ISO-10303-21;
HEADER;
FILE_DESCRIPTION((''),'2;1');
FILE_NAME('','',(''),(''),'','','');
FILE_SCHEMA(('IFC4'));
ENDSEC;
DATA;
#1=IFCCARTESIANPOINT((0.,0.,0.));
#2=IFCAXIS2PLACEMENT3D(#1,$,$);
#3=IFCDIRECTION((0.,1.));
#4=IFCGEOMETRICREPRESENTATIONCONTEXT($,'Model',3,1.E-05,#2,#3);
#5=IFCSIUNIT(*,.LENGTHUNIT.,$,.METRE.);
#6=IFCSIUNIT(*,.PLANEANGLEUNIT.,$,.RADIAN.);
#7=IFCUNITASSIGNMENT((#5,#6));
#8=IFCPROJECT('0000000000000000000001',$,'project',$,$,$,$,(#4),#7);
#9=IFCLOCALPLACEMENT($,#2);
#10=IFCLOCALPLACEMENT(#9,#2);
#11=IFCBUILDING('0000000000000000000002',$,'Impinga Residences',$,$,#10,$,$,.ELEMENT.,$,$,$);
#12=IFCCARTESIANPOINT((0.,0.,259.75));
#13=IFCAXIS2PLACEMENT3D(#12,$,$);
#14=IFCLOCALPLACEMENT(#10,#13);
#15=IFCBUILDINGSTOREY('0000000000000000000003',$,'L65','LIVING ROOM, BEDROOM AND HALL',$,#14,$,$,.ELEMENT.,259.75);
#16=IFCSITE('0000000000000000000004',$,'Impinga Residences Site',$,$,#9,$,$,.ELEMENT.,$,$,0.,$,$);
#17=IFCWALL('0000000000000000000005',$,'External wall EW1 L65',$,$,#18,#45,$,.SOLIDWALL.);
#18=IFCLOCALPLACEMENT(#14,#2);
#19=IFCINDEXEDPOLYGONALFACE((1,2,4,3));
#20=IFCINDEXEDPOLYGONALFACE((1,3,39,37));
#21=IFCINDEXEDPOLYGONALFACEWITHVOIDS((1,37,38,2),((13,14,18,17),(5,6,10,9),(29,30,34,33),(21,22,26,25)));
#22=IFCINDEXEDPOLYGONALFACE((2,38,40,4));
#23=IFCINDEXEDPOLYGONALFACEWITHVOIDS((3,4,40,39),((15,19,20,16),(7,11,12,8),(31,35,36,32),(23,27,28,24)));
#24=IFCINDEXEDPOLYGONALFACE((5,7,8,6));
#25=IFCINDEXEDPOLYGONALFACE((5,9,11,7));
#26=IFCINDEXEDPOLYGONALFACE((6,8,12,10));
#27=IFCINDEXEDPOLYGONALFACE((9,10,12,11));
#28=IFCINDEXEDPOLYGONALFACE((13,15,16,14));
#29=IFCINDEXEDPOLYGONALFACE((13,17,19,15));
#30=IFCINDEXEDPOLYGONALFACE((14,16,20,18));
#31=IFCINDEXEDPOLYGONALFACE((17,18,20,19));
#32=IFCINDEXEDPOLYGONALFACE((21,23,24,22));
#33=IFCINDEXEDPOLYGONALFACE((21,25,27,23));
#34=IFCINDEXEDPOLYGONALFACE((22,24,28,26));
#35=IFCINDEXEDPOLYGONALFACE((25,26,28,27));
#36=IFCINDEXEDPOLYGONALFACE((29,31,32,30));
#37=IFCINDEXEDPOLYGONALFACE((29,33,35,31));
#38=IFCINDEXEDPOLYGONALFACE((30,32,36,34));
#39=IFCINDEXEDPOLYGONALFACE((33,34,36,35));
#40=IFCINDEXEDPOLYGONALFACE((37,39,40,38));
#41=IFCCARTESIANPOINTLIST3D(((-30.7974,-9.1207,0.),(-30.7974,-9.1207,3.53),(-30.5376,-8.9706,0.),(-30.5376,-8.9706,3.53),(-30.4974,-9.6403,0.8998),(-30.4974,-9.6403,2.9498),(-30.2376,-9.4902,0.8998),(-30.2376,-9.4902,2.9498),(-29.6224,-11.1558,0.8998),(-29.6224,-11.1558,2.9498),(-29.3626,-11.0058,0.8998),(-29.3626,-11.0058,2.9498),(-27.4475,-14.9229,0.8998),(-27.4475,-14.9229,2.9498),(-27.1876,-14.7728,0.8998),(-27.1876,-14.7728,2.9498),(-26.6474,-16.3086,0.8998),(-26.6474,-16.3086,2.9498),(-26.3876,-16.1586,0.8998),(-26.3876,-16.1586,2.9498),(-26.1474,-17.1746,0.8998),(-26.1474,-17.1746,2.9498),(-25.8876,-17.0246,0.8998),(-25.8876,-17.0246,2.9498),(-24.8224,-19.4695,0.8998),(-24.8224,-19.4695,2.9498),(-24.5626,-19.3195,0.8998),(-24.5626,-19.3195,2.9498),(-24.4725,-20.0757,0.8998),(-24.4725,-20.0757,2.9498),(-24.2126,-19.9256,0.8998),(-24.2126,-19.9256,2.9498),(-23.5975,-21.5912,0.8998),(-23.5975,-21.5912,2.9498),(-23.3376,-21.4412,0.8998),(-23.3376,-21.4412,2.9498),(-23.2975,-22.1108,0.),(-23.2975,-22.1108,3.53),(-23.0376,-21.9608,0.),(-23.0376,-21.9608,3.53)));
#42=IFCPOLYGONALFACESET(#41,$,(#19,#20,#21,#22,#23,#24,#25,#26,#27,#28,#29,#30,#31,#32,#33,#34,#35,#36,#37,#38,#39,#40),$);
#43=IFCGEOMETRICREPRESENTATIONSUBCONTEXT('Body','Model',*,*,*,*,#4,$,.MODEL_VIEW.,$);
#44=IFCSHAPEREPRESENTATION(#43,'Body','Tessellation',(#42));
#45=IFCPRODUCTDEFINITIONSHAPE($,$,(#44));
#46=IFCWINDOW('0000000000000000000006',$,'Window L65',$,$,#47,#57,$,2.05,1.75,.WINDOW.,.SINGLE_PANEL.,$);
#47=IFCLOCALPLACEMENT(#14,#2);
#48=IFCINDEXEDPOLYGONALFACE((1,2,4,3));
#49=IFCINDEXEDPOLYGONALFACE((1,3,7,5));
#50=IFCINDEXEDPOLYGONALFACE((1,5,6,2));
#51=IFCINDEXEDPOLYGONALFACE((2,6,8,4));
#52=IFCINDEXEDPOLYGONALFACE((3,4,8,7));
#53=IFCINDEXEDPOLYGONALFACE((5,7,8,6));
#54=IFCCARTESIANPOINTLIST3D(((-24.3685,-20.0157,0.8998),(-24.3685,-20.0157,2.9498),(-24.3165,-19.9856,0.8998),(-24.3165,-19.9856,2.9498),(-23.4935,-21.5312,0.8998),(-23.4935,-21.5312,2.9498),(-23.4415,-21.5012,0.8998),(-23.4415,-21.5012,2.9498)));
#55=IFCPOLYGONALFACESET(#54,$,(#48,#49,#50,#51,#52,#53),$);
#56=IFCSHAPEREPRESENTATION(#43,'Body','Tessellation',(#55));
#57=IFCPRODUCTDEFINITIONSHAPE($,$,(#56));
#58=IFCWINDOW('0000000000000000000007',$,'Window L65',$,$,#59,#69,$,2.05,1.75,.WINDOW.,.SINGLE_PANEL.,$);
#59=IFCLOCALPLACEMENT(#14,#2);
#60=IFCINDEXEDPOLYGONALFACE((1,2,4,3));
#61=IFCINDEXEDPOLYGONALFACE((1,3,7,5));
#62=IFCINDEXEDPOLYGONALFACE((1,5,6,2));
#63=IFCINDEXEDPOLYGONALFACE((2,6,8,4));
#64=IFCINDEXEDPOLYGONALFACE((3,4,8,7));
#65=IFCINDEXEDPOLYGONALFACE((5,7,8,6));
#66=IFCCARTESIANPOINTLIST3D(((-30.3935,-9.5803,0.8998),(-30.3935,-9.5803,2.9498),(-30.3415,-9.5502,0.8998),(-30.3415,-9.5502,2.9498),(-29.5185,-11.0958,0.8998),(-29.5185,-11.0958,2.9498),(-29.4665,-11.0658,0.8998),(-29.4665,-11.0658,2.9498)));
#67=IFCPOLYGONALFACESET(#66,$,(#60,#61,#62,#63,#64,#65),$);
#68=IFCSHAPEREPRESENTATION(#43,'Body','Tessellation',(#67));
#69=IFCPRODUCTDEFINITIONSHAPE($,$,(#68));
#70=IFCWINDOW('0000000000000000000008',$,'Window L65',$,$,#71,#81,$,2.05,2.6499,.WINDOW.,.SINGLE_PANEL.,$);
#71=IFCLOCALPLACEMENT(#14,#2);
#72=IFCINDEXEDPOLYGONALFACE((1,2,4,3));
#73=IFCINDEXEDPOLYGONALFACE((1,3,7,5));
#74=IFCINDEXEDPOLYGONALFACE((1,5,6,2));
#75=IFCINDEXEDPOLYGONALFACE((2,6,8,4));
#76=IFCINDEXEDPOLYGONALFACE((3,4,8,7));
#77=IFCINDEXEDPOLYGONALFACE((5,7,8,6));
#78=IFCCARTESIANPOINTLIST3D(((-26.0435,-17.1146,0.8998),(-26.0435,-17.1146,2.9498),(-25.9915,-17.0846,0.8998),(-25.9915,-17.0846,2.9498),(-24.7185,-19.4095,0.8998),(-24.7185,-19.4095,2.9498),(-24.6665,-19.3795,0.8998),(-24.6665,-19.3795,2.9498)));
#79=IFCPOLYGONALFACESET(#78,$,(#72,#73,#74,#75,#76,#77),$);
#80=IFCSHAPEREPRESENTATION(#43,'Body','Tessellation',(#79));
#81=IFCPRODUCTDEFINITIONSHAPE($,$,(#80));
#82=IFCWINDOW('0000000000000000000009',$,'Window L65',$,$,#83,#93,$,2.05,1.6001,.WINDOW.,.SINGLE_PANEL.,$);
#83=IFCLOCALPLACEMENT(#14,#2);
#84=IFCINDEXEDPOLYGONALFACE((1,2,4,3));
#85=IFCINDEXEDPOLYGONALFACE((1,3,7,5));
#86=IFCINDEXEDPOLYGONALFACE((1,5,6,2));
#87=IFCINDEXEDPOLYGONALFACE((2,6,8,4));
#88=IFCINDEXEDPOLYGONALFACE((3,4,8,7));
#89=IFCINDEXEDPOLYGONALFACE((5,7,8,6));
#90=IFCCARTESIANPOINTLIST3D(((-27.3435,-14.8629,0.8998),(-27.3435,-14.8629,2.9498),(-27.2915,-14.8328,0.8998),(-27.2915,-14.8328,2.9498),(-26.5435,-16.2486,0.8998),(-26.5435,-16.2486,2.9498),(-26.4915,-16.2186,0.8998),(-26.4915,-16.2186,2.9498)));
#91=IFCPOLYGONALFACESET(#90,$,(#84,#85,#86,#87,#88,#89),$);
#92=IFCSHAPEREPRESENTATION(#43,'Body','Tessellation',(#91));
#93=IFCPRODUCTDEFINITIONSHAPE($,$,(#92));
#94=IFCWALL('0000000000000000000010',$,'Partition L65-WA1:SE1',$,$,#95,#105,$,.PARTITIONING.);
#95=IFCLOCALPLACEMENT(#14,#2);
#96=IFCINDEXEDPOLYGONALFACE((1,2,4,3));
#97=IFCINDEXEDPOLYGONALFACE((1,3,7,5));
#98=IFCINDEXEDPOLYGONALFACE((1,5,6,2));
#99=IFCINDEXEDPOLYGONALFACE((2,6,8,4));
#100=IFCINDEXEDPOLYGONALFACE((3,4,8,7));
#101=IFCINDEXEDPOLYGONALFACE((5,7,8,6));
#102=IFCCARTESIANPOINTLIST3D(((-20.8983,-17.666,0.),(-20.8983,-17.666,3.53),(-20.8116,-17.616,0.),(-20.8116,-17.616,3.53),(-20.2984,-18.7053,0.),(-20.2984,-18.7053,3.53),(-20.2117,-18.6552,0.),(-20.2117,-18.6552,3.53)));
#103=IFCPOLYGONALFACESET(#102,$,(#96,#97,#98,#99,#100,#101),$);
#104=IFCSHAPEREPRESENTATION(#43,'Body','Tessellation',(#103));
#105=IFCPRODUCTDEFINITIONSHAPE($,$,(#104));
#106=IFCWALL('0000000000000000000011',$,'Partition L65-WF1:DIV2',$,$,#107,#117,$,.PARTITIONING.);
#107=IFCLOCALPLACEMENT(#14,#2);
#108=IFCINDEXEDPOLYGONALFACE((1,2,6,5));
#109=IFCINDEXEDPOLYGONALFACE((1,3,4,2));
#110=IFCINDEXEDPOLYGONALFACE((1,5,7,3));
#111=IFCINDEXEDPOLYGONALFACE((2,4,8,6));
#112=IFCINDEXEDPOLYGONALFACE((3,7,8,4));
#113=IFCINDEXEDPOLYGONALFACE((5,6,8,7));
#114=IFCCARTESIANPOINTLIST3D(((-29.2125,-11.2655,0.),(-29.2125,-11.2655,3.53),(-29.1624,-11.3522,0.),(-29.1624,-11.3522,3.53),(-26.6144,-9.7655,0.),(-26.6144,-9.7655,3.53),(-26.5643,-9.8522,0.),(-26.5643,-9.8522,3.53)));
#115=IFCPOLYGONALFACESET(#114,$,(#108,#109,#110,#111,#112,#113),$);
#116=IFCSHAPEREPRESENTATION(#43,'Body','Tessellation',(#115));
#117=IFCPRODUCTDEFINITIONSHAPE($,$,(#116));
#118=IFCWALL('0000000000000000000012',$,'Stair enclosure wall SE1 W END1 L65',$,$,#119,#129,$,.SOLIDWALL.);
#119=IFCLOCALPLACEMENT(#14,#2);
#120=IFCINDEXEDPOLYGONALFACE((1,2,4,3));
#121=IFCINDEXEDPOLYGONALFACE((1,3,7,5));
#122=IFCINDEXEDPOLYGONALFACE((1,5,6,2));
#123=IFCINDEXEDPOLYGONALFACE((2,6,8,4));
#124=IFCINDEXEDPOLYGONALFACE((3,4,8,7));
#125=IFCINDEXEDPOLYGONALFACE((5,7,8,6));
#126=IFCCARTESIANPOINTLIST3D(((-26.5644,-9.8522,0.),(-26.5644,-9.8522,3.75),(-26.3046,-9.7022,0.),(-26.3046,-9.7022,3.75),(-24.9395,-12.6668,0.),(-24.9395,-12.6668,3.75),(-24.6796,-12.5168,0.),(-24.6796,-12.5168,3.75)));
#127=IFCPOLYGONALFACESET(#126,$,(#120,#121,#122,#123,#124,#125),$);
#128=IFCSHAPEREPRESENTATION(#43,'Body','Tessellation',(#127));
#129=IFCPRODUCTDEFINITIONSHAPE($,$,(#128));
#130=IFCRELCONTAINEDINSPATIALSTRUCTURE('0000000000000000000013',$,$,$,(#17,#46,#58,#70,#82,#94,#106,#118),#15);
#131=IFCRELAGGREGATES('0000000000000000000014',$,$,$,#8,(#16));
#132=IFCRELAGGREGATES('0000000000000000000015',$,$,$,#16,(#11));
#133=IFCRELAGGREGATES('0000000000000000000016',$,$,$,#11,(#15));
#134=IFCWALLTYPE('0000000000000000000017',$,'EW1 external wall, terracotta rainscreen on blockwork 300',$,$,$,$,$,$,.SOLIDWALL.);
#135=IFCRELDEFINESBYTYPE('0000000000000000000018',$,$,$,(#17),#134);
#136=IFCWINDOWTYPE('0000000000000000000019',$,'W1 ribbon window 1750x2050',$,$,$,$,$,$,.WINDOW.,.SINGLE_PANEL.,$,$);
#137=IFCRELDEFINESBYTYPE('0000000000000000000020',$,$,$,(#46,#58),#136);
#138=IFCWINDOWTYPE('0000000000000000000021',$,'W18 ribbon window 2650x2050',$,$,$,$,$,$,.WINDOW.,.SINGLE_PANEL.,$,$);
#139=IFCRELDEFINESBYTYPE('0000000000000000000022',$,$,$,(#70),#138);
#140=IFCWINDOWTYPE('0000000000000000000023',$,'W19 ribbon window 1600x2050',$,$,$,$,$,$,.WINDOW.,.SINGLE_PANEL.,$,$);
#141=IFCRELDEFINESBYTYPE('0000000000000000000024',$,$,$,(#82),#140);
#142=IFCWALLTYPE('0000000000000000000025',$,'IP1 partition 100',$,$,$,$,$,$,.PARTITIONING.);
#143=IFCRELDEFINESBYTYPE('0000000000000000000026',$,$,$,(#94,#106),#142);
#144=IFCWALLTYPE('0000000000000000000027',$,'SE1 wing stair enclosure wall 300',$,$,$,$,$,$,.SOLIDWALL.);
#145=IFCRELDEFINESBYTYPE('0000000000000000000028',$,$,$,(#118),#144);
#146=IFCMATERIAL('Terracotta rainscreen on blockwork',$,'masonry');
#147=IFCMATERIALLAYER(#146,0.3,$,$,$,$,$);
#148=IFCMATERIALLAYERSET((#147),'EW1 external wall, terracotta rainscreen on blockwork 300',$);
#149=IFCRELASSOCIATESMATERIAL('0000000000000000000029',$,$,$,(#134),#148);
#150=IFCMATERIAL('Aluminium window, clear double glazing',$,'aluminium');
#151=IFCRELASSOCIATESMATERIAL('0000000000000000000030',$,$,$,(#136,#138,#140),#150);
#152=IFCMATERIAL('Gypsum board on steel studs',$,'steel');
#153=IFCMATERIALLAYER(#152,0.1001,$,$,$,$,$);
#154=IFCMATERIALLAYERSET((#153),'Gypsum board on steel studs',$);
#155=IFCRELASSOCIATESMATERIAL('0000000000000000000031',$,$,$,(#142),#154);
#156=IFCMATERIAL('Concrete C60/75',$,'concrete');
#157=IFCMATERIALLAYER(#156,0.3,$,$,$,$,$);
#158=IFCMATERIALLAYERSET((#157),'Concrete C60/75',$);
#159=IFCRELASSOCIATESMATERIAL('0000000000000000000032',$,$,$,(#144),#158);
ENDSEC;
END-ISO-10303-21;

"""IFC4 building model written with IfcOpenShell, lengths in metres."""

from ifc_helpers import new_model, si_unit, direction, frame, frame_2d, origin, place, context, subcontext, project, spatial, rectangle, extrude, material, layer, layer_set, type_object, element, fill, save


model = new_model("IFC4")

# Units and contexts
model_context = context("Model", 3, precision=1e-05, world=origin(), true_north=direction((0.0, 1.0)))
body_context = subcontext(model_context, "Body", "Model", "MODEL_VIEW")
ifc_project = project(units=[si_unit("LENGTHUNIT", "METRE"), si_unit("PLANEANGLEUNIT", "RADIAN")], contexts=[model_context])

# Site, building, storey
site_placement = place(None, origin())
site = spatial("IfcSite", under=ifc_project, at=site_placement, Name="Impinga Residences Site", CompositionType="ELEMENT", RefElevation=0.0)
building_placement = place(site_placement, origin())
building = spatial("IfcBuilding", under=site, at=building_placement, Name="Impinga Residences", CompositionType="ELEMENT")
storey_placement = place(building_placement, frame((0.0, 0.0, 259.75)))
storey = spatial("IfcBuildingStorey", under=building, at=storey_placement, Name="L65", Description="LIVING ROOM, BEDROOM AND HALL", CompositionType="ELEMENT", Elevation=259.75)

# Shared definitions
ifc_material_1 = material(Name="Concrete C60/75", Category="concrete")

# Shared definitions
ifc_material_2 = material(Name="Terracotta rainscreen on blockwork", Category="masonry")
ifc_layer_1 = layer(ifc_material_2, 0.3)
ifc_layer_set_1 = layer_set([ifc_layer_1], Name="EW1 external wall, terracotta rainscreen on blockwork 300")
wall_type_1 = type_object("IfcWallType", Name="EW1 external wall, terracotta rainscreen on blockwork 300", PredefinedType="SOLIDWALL", material=ifc_layer_set_1)

# Wall, openings, windows
wall_1_placement = place(storey_placement, frame((-23.1675, -22.0359, 0.0), z_axis=(0.0, 0.0, 1.0), x_axis=(-0.500004, 0.866023, 0.0)))
wall_1 = element("IfcWall", 1, at=wall_1_placement, inside=storey, type_object=wall_type_1, Name="External wall EW1 L65", PredefinedType="SOLIDWALL", context=body_context, shape_type="SweptSolid", body=[
    extrude(rectangle(XDim=14.9998, YDim=0.3, at=frame_2d((7.5, 0.0))), origin(), (0.0, 0.0, 1.0), 3.53),
])
opening_1_placement = place(wall_1_placement, frame((0.6001, 0.0, 0.8999)))
opening_1 = element("IfcOpeningElement", 2, at=opening_1_placement, cuts=wall_1, PredefinedType="OPENING", context=body_context, shape_type="SweptSolid", body=[
    extrude(rectangle(XDim=1.75, YDim=2.05, at=frame_2d((0.875, 1.0249))), frame((0.0, 0.1599, 0.0), z_axis=(0.0, -1.0, 0.0), x_axis=(1.0, 0.0, 0.0)), (0.0, 0.0, 1.0), 0.3201),
])
opening_2_placement = place(wall_1_placement, frame((3.05, 0.0, 0.8999)))
opening_2 = element("IfcOpeningElement", 3, at=opening_2_placement, cuts=wall_1, PredefinedType="OPENING", context=body_context, shape_type="SweptSolid", body=[
    extrude(rectangle(XDim=2.6499, YDim=2.05, at=frame_2d((1.325, 1.0249))), frame((0.0, 0.1599, 0.0), z_axis=(0.0, -1.0, 0.0), x_axis=(1.0, 0.0, 0.0)), (0.0, 0.0, 1.0), 0.3201),
])
opening_3_placement = place(wall_1_placement, frame((6.7, 0.0, 0.8999)))
opening_3 = element("IfcOpeningElement", 4, at=opening_3_placement, cuts=wall_1, PredefinedType="OPENING", context=body_context, shape_type="SweptSolid", body=[
    extrude(rectangle(XDim=1.6001, YDim=2.05, at=frame_2d((0.8, 1.0249))), frame((0.0, 0.1599, 0.0), z_axis=(0.0, -1.0, 0.0), x_axis=(1.0, 0.0, 0.0)), (0.0, 0.0, 1.0), 0.3201),
])
opening_4_placement = place(wall_1_placement, frame((12.6499, 0.0, 0.8999)))
opening_4 = element("IfcOpeningElement", 5, at=opening_4_placement, cuts=wall_1, PredefinedType="OPENING", context=body_context, shape_type="SweptSolid", body=[
    extrude(rectangle(XDim=1.75, YDim=2.05, at=frame_2d((0.875, 1.0249))), frame((0.0, 0.1599, 0.0), z_axis=(0.0, -1.0, 0.0), x_axis=(1.0, 0.0, 0.0)), (0.0, 0.0, 1.0), 0.3201),
])
ifc_material_3 = material(Name="Aluminium window, clear double glazing", Category="aluminium")
window_type_1 = type_object("IfcWindowType", Name="W1 ribbon window 1750x2050", PartitioningType="SINGLE_PANEL", PredefinedType="WINDOW", material=ifc_material_3)
window_1_placement = place(opening_1_placement, origin())
window_1 = element("IfcWindow", 6, at=window_1_placement, inside=storey, type_object=window_type_1, Name="Window L65", OverallHeight=2.05, OverallWidth=1.75, PartitioningType="SINGLE_PANEL", PredefinedType="WINDOW", context=body_context, shape_type="SweptSolid", body=[
    extrude(rectangle(XDim=1.75, YDim=2.05, at=frame_2d((0.875, 1.0249))), frame((0.0, 0.03, 0.0), z_axis=(0.0, -1.0, 0.0), x_axis=(1.0, 0.0, 0.0)), (0.0, 0.0, 1.0), 0.0601),
])
fill(opening_1, window_1)
window_2_placement = place(opening_4_placement, origin())
window_2 = element("IfcWindow", 7, at=window_2_placement, inside=storey, type_object=window_type_1, Name="Window L65", OverallHeight=2.05, OverallWidth=1.75, PartitioningType="SINGLE_PANEL", PredefinedType="WINDOW", context=body_context, shape_type="SweptSolid", body=[
    extrude(rectangle(XDim=1.75, YDim=2.05, at=frame_2d((0.875, 1.0249))), frame((0.0, 0.03, 0.0), z_axis=(0.0, -1.0, 0.0), x_axis=(1.0, 0.0, 0.0)), (0.0, 0.0, 1.0), 0.0601),
])
fill(opening_4, window_2)
window_type_2 = type_object("IfcWindowType", Name="W18 ribbon window 2650x2050", PartitioningType="SINGLE_PANEL", PredefinedType="WINDOW", material=ifc_material_3)
window_3_placement = place(opening_2_placement, origin())
window_3 = element("IfcWindow", 8, at=window_3_placement, inside=storey, type_object=window_type_2, Name="Window L65", OverallHeight=2.05, OverallWidth=2.6499, PartitioningType="SINGLE_PANEL", PredefinedType="WINDOW", context=body_context, shape_type="SweptSolid", body=[
    extrude(rectangle(XDim=2.6499, YDim=2.05, at=frame_2d((1.325, 1.0249))), frame((0.0, 0.03, 0.0), z_axis=(0.0, -1.0, 0.0), x_axis=(1.0, 0.0, 0.0)), (0.0, 0.0, 1.0), 0.0601),
])
fill(opening_2, window_3)
window_type_3 = type_object("IfcWindowType", Name="W19 ribbon window 1600x2050", PartitioningType="SINGLE_PANEL", PredefinedType="WINDOW", material=ifc_material_3)
window_4_placement = place(opening_3_placement, origin())
window_4 = element("IfcWindow", 9, at=window_4_placement, inside=storey, type_object=window_type_3, Name="Window L65", OverallHeight=2.05, OverallWidth=1.6001, PartitioningType="SINGLE_PANEL", PredefinedType="WINDOW", context=body_context, shape_type="SweptSolid", body=[
    extrude(rectangle(XDim=1.6001, YDim=2.05, at=frame_2d((0.8, 1.0249))), frame((0.0, 0.03, 0.0), z_axis=(0.0, -1.0, 0.0), x_axis=(1.0, 0.0, 0.0)), (0.0, 0.0, 1.0), 0.0601),
])
fill(opening_3, window_4)

# Walls
ifc_material_4 = material(Name="Gypsum board on steel studs", Category="steel")
ifc_layer_2 = layer(ifc_material_4, 0.1001)
ifc_layer_set_2 = layer_set([ifc_layer_2], Name="Gypsum board on steel studs")
wall_type_2 = type_object("IfcWallType", Name="IP1 partition 100", PredefinedType="PARTITIONING", material=ifc_layer_set_2)
wall_2_placement = place(storey_placement, frame((-20.855, -17.6409, 0.0), z_axis=(0.0, 0.0, 1.0), x_axis=(0.499881, -0.866094, 0.0)))
element("IfcWall", 10, at=wall_2_placement, inside=storey, type_object=wall_type_2, Name="Partition L65-WA1:SE1", PredefinedType="PARTITIONING", context=body_context, shape_type="SweptSolid", body=[
    extrude(rectangle(XDim=1.2, YDim=0.1001, at=frame_2d((0.6001, 0.0))), origin(), (0.0, 0.0, 1.0), 3.53),
])
wall_3_placement = place(storey_placement, frame((-26.5894, -9.8088, 0.0), z_axis=(0.0, 0.0, 1.0), x_axis=(-0.866031, -0.49999, 0.0)))
element("IfcWall", 11, at=wall_3_placement, inside=storey, type_object=wall_type_2, Name="Partition L65-WF1:DIV2", PredefinedType="PARTITIONING", context=body_context, shape_type="SweptSolid", body=[
    extrude(rectangle(XDim=3.0, YDim=0.1001, at=frame_2d((1.5, 0.0))), origin(), (0.0, 0.0, 1.0), 3.53),
])
ifc_layer_3 = layer(ifc_material_1, 0.3)
ifc_layer_set_3 = layer_set([ifc_layer_3], Name="Concrete C60/75")
wall_type_3 = type_object("IfcWallType", Name="SE1 wing stair enclosure wall 300", PredefinedType="SOLIDWALL", material=ifc_layer_set_3)
wall_4_placement = place(storey_placement, frame((-24.8096, -12.5918, 0.0), z_axis=(0.0, 0.0, 1.0), x_axis=(-0.499985, 0.866034, 0.0)))
element("IfcWall", 12, at=wall_4_placement, inside=storey, type_object=wall_type_3, Name="Stair enclosure wall SE1 W END1 L65", PredefinedType="SOLIDWALL", context=body_context, shape_type="SweptSolid", body=[
    extrude(rectangle(XDim=3.25, YDim=0.3, at=frame_2d((1.625, 0.0))), origin(), (0.0, 0.0, 1.0), 3.75),
])

save(model, "model.ifc")
